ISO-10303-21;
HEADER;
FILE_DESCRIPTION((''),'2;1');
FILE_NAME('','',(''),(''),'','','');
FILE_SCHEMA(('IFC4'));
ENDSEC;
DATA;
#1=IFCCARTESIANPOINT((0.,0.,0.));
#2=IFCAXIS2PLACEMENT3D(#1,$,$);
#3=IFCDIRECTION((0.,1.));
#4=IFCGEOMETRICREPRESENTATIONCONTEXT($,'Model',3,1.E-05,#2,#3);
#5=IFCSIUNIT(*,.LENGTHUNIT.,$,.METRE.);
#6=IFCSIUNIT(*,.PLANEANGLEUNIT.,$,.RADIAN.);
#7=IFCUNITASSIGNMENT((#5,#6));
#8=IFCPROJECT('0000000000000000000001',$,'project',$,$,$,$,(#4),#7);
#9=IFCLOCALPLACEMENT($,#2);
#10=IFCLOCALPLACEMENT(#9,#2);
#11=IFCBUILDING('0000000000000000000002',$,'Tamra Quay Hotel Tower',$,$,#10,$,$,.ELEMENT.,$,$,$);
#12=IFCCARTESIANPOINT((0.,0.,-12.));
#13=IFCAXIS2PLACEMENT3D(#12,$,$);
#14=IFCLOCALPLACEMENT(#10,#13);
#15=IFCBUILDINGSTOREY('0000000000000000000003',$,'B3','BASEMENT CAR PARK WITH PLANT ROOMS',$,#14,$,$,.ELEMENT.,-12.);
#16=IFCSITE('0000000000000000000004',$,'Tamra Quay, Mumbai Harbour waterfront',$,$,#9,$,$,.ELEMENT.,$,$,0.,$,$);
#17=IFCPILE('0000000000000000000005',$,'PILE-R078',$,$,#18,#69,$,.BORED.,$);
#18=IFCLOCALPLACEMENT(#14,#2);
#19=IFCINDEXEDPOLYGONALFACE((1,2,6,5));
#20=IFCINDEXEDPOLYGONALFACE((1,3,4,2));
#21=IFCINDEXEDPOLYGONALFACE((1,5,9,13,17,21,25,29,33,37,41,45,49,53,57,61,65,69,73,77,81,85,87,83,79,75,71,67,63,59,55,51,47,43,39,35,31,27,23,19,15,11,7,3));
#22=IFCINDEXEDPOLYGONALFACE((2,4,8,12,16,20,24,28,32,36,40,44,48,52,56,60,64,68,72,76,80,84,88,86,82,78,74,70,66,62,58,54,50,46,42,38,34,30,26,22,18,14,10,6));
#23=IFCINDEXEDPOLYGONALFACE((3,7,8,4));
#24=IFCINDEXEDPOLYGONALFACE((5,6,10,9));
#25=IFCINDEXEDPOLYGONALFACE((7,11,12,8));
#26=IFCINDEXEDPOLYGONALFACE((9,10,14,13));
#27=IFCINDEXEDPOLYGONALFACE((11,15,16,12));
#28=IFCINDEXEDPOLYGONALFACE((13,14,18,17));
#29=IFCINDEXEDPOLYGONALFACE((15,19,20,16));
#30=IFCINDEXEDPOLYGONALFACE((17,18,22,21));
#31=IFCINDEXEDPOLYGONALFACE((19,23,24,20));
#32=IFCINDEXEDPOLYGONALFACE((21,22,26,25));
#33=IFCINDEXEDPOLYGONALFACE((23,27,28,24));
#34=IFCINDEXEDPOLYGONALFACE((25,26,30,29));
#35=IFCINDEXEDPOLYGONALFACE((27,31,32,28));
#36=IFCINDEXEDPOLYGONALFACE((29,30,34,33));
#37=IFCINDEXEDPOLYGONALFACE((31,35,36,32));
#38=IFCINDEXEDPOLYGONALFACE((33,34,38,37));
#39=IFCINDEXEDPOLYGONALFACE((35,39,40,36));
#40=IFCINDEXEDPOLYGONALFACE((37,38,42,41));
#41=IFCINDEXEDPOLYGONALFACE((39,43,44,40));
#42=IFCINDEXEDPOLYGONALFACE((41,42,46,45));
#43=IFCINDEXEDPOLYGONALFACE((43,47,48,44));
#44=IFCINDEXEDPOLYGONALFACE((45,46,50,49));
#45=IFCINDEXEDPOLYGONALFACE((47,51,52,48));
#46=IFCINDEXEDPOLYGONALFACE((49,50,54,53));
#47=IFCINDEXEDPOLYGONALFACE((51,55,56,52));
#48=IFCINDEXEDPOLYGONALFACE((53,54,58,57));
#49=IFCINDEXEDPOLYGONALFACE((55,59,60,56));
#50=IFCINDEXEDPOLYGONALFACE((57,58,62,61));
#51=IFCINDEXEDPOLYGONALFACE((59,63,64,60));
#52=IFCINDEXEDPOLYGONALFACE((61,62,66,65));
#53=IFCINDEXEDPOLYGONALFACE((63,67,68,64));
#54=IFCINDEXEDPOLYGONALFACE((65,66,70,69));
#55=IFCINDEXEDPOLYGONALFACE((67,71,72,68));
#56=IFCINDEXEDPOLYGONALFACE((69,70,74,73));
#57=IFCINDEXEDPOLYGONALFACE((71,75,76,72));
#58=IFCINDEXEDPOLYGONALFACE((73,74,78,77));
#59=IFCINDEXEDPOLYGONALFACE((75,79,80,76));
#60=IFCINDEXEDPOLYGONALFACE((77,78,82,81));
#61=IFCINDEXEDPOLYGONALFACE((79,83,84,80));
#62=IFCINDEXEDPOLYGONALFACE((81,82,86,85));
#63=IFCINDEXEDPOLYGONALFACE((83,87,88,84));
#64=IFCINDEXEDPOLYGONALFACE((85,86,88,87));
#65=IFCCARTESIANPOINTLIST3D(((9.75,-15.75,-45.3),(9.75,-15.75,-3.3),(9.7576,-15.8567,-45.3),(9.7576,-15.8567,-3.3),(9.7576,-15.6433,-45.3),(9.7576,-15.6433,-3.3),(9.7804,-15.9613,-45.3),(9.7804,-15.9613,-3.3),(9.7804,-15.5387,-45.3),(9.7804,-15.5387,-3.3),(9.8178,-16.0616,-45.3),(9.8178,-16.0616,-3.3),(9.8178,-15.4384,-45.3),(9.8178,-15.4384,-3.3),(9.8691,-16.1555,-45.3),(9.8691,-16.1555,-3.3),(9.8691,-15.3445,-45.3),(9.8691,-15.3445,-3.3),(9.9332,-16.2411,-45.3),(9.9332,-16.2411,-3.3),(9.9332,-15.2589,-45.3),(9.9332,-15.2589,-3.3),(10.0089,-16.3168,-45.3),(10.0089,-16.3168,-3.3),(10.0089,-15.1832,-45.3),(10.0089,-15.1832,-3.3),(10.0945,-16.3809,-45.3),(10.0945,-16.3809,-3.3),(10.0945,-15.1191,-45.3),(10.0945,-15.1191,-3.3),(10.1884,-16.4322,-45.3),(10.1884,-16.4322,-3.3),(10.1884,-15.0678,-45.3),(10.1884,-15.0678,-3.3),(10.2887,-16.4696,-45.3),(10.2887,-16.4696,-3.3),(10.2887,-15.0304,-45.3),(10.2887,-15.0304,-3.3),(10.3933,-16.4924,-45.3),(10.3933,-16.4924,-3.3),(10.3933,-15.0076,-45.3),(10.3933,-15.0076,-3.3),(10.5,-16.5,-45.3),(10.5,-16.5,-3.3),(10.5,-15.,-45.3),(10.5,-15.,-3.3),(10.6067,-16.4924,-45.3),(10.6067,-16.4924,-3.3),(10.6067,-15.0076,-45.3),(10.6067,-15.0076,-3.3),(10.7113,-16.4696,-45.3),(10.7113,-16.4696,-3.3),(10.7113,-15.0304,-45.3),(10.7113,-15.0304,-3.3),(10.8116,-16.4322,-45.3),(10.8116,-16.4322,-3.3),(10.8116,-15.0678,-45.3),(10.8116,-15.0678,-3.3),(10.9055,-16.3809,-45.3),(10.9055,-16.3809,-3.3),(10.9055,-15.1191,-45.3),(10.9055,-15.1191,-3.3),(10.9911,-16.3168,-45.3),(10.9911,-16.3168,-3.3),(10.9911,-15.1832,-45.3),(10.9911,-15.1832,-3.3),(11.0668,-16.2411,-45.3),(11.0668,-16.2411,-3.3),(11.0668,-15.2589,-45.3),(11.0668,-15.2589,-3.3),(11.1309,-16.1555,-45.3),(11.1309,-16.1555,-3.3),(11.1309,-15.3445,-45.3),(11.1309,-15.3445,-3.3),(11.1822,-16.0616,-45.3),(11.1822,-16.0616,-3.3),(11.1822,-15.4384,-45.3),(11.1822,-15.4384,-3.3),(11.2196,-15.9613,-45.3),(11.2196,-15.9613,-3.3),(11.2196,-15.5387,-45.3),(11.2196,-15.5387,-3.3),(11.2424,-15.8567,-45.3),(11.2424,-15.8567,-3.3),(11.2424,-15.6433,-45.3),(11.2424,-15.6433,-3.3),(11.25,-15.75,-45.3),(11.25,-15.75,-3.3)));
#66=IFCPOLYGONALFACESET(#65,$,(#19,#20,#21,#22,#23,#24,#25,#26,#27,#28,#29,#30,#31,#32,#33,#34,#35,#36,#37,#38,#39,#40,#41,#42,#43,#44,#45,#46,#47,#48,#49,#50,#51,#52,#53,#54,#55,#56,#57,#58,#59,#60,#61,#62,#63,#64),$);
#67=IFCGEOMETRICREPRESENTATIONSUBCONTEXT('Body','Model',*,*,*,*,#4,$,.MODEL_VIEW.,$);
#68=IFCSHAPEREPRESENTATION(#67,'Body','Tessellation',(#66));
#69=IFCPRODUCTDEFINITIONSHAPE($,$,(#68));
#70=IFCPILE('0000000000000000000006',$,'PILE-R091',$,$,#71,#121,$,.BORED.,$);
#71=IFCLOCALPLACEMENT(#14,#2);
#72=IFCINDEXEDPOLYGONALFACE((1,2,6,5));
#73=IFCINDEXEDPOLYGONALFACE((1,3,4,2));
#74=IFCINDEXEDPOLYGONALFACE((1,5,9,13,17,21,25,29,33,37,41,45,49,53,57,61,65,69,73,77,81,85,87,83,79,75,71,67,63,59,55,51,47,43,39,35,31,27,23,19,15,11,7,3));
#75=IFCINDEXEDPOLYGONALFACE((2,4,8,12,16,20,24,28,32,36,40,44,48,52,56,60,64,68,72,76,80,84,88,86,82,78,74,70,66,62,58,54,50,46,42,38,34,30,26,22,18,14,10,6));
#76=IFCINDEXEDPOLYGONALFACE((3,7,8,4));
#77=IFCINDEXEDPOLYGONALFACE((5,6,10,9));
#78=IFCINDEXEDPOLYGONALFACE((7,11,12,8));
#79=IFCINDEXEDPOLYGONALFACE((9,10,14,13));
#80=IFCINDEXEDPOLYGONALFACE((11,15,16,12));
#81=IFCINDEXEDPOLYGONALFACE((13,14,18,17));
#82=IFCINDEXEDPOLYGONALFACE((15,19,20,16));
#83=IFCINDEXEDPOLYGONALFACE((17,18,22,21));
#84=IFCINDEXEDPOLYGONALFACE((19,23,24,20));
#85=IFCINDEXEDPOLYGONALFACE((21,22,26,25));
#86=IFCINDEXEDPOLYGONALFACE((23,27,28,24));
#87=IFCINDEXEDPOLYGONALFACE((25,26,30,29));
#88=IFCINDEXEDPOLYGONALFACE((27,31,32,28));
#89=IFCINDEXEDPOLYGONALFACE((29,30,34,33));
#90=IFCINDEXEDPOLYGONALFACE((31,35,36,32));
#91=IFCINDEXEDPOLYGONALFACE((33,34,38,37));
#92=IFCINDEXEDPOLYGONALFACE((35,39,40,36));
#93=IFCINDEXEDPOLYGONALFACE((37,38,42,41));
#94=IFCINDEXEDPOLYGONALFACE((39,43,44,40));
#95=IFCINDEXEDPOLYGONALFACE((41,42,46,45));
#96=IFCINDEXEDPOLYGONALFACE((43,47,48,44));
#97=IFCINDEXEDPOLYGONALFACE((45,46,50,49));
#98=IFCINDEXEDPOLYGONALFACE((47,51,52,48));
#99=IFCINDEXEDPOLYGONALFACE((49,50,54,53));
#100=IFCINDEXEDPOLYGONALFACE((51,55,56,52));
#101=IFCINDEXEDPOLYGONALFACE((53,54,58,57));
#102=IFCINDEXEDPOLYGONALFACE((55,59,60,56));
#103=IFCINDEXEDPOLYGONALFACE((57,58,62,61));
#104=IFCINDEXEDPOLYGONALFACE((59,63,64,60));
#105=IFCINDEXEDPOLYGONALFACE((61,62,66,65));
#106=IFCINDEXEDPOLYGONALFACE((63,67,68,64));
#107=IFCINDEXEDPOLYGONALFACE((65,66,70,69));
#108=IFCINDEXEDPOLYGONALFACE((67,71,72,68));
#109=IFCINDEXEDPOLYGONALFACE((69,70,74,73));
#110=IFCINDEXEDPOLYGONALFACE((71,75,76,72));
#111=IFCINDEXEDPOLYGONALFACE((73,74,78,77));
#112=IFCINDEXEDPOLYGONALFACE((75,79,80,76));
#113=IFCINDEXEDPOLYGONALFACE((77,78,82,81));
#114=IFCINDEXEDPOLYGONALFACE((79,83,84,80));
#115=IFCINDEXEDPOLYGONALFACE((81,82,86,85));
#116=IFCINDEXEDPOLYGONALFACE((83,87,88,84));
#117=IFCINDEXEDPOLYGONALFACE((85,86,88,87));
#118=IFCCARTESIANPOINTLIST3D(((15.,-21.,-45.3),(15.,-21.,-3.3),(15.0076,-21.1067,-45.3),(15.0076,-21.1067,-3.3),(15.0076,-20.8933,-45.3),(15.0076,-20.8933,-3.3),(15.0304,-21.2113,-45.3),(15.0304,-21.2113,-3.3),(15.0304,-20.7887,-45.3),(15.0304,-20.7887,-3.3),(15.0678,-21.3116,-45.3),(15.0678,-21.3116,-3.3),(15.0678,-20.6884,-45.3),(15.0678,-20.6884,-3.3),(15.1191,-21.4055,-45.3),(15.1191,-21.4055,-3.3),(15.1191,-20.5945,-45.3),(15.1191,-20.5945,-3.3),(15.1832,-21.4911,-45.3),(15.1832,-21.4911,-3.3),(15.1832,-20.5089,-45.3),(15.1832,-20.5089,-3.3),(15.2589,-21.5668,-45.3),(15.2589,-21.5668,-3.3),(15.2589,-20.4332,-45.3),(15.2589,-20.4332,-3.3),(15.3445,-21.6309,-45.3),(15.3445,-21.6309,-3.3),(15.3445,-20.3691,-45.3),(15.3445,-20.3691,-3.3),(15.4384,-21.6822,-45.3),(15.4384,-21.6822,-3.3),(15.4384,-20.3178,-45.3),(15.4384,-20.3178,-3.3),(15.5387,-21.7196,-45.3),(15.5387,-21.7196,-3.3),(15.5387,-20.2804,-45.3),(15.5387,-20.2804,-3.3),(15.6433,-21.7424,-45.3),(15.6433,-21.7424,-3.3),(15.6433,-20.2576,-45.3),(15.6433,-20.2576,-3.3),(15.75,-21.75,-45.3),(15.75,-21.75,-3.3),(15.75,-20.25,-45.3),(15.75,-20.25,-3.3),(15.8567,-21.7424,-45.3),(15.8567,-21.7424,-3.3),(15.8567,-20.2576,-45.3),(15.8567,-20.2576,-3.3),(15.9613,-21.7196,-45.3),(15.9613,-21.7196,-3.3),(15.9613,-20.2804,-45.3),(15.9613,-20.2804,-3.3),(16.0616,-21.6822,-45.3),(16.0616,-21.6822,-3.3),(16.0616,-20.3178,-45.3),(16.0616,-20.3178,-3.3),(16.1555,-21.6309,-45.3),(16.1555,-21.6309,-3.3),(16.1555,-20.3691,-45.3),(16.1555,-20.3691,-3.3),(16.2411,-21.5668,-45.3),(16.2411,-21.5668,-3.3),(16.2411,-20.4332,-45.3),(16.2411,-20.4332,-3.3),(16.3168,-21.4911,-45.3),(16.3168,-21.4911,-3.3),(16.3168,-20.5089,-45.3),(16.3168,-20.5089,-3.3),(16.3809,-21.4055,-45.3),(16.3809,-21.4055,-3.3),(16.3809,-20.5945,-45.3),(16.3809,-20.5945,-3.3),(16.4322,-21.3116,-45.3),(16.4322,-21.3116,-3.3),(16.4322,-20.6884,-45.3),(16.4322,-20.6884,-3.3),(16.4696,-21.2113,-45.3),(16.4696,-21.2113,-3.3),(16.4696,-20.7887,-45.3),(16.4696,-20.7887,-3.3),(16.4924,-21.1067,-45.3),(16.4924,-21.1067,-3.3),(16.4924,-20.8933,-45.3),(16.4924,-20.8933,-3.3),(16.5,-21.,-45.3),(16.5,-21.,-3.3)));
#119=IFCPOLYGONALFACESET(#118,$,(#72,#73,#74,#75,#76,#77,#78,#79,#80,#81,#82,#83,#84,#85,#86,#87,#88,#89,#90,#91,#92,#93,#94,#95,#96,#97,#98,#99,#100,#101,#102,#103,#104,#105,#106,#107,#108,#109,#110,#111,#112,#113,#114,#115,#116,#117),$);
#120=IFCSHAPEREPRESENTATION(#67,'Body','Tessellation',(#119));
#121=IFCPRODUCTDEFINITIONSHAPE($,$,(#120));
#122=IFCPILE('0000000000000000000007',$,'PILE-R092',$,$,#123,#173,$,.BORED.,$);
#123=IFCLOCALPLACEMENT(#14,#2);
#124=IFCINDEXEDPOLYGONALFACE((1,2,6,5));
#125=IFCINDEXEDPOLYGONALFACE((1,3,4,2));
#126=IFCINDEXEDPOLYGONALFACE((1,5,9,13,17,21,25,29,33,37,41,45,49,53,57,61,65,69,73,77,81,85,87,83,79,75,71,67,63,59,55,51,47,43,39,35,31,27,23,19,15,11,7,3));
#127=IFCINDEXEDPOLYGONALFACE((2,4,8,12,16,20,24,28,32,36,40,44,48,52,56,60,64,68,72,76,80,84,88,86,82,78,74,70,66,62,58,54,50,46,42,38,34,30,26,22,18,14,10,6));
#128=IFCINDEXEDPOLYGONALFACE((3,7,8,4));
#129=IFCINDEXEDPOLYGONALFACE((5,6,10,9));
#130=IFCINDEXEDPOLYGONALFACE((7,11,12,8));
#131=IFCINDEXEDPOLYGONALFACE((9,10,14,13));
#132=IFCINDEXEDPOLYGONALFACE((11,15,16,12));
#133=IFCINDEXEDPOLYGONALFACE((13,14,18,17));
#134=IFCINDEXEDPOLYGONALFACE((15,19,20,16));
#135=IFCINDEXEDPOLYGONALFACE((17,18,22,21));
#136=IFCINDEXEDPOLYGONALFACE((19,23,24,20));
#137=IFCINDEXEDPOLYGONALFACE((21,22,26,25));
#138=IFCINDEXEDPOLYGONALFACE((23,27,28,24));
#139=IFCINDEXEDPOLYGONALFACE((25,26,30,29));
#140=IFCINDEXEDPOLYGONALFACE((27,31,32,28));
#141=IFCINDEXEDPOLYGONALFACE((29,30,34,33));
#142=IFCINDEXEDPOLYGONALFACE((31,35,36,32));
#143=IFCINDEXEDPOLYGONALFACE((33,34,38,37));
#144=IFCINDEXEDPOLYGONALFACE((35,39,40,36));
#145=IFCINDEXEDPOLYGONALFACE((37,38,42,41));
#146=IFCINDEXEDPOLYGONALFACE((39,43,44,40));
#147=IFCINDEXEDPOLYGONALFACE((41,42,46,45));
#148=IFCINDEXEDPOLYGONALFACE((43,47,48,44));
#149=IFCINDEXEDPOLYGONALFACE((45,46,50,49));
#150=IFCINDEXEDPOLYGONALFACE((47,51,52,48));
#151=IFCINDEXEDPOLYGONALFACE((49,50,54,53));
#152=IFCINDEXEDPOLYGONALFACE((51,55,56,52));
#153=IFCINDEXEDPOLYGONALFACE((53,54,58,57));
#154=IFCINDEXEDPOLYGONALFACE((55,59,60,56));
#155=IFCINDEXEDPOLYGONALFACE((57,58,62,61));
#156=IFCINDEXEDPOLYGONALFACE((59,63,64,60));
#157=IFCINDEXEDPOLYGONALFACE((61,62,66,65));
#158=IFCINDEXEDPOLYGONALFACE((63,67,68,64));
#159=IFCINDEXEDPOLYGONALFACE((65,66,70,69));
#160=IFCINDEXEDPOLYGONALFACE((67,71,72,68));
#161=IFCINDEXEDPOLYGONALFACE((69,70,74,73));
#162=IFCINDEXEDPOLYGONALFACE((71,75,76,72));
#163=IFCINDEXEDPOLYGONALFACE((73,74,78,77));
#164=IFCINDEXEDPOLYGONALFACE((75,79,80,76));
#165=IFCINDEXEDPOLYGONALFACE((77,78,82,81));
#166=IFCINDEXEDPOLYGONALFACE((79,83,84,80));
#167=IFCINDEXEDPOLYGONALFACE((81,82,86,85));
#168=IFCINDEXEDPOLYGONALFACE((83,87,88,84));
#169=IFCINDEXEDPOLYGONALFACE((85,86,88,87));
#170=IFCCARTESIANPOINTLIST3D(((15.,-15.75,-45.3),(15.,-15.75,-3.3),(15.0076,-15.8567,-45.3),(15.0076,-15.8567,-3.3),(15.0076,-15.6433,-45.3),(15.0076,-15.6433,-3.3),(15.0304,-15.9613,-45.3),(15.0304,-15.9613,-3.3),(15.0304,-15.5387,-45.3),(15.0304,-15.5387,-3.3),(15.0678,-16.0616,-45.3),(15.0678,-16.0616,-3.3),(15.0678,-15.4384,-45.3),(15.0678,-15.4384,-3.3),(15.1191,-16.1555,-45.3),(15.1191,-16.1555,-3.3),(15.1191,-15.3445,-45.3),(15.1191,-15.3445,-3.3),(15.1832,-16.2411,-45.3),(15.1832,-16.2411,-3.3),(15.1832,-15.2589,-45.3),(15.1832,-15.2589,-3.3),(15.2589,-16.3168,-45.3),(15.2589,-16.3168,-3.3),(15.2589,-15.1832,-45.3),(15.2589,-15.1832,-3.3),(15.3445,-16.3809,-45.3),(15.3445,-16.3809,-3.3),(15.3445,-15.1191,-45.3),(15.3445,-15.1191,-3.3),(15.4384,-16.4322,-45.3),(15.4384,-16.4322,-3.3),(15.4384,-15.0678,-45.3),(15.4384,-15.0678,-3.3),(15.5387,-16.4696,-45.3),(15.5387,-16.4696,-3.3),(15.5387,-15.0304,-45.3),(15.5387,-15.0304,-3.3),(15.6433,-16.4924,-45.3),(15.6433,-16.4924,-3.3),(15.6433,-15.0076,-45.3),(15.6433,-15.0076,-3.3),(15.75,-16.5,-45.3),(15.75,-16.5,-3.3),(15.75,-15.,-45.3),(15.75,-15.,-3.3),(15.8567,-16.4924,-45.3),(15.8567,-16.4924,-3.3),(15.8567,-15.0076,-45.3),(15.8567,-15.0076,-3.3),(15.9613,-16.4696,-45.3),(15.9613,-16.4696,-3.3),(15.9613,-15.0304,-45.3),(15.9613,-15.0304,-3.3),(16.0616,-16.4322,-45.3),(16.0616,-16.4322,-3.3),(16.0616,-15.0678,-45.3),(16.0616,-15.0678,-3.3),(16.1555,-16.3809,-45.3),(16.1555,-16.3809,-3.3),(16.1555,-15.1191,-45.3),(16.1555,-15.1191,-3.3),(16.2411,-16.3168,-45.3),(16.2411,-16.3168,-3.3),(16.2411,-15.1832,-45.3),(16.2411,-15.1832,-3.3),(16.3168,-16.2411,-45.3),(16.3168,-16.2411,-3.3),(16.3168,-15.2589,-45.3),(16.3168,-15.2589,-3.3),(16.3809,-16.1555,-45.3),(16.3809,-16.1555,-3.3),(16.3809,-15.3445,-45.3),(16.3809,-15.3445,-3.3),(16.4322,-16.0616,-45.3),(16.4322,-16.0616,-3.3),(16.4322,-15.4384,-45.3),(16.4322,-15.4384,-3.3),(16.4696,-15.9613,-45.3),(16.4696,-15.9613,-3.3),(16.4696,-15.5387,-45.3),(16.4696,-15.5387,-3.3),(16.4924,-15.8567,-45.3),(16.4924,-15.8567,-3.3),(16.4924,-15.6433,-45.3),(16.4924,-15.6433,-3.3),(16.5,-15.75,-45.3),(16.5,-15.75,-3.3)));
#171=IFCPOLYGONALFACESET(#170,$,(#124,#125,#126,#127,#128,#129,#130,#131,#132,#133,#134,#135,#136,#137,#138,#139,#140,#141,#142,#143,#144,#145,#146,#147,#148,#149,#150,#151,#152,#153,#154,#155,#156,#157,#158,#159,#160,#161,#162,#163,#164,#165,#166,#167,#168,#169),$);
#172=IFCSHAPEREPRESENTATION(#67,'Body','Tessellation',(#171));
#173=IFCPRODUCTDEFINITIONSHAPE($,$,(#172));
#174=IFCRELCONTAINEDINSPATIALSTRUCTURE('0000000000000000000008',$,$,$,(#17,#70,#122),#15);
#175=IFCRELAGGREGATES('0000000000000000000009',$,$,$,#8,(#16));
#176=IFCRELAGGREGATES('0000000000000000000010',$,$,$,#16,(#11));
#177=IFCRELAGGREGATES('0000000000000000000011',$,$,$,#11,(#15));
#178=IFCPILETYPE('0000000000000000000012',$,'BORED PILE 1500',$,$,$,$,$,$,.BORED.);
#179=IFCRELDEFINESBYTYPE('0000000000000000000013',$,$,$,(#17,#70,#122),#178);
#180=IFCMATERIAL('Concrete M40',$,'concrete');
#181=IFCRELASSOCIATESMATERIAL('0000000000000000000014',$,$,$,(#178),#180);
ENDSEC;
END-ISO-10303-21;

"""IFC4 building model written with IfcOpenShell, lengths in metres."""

from ifc_helpers import new_model, si_unit, direction, frame, origin, origin_2d, place, context, subcontext, project, spatial, circle, extrude, material, material_profile, profile_set, type_object, element, save


model = new_model("IFC4")

# Units and contexts
model_context = context("Model", 3, precision=1e-05, world=origin(), true_north=direction((0.0, 1.0)))
body_context = subcontext(model_context, "Body", "Model", "MODEL_VIEW")
ifc_project = project(units=[si_unit("LENGTHUNIT", "METRE"), si_unit("PLANEANGLEUNIT", "RADIAN")], contexts=[model_context])

# Site, building, storey
site_placement = place(None, origin())
site = spatial("IfcSite", under=ifc_project, at=site_placement, Name="Tamra Quay, Mumbai Harbour waterfront", CompositionType="ELEMENT", RefElevation=0.0)
building_placement = place(site_placement, origin())
building = spatial("IfcBuilding", under=site, at=building_placement, Name="Tamra Quay Hotel Tower", CompositionType="ELEMENT")
storey_placement = place(building_placement, frame((0.0, 0.0, -12.0)))
storey = spatial("IfcBuildingStorey", under=building, at=storey_placement, Name="B3", Description="BASEMENT CAR PARK WITH PLANT ROOMS", CompositionType="ELEMENT", Elevation=-12.0)

# Piles
ifc_material_1 = material(Name="Concrete M40", Category="concrete")
ifc_material_profile_1 = material_profile(ifc_material_1, circle(Radius=0.75, at=origin_2d()), Name="BORED PILE 1500")
ifc_profile_set_1 = profile_set([ifc_material_profile_1], Name="Concrete M40")
pile_type = type_object("IfcPileType", Name="BORED PILE 1500", PredefinedType="BORED", material=ifc_profile_set_1)
for number, where, z_axis, x_axis, name in (
    (1, (10.5, -15.75, -3.3), (0.0, 0.0, -1.0), (1.0, 0.0, 0.0), "PILE-R078"),
    (2, (15.75, -21.0, -3.3), (0.0, 0.0, -1.0), (1.0, 0.0, 0.0), "PILE-R091"),
    (3, (15.75, -15.75, -3.3), (0.0, 0.0, -1.0), (1.0, 0.0, 0.0), "PILE-R092"),
):
    element("IfcPile", number, at=place(storey_placement, frame(where, z_axis=z_axis, x_axis=x_axis)), inside=storey, type_object=pile_type, Name=name, PredefinedType="BORED", context=body_context, shape_type="SweptSolid", body=[
        extrude(circle(Radius=0.75, at=origin_2d()), origin(), (0.0, 0.0, 1.0), 42.0),
    ])

save(model, "model.ifc")
